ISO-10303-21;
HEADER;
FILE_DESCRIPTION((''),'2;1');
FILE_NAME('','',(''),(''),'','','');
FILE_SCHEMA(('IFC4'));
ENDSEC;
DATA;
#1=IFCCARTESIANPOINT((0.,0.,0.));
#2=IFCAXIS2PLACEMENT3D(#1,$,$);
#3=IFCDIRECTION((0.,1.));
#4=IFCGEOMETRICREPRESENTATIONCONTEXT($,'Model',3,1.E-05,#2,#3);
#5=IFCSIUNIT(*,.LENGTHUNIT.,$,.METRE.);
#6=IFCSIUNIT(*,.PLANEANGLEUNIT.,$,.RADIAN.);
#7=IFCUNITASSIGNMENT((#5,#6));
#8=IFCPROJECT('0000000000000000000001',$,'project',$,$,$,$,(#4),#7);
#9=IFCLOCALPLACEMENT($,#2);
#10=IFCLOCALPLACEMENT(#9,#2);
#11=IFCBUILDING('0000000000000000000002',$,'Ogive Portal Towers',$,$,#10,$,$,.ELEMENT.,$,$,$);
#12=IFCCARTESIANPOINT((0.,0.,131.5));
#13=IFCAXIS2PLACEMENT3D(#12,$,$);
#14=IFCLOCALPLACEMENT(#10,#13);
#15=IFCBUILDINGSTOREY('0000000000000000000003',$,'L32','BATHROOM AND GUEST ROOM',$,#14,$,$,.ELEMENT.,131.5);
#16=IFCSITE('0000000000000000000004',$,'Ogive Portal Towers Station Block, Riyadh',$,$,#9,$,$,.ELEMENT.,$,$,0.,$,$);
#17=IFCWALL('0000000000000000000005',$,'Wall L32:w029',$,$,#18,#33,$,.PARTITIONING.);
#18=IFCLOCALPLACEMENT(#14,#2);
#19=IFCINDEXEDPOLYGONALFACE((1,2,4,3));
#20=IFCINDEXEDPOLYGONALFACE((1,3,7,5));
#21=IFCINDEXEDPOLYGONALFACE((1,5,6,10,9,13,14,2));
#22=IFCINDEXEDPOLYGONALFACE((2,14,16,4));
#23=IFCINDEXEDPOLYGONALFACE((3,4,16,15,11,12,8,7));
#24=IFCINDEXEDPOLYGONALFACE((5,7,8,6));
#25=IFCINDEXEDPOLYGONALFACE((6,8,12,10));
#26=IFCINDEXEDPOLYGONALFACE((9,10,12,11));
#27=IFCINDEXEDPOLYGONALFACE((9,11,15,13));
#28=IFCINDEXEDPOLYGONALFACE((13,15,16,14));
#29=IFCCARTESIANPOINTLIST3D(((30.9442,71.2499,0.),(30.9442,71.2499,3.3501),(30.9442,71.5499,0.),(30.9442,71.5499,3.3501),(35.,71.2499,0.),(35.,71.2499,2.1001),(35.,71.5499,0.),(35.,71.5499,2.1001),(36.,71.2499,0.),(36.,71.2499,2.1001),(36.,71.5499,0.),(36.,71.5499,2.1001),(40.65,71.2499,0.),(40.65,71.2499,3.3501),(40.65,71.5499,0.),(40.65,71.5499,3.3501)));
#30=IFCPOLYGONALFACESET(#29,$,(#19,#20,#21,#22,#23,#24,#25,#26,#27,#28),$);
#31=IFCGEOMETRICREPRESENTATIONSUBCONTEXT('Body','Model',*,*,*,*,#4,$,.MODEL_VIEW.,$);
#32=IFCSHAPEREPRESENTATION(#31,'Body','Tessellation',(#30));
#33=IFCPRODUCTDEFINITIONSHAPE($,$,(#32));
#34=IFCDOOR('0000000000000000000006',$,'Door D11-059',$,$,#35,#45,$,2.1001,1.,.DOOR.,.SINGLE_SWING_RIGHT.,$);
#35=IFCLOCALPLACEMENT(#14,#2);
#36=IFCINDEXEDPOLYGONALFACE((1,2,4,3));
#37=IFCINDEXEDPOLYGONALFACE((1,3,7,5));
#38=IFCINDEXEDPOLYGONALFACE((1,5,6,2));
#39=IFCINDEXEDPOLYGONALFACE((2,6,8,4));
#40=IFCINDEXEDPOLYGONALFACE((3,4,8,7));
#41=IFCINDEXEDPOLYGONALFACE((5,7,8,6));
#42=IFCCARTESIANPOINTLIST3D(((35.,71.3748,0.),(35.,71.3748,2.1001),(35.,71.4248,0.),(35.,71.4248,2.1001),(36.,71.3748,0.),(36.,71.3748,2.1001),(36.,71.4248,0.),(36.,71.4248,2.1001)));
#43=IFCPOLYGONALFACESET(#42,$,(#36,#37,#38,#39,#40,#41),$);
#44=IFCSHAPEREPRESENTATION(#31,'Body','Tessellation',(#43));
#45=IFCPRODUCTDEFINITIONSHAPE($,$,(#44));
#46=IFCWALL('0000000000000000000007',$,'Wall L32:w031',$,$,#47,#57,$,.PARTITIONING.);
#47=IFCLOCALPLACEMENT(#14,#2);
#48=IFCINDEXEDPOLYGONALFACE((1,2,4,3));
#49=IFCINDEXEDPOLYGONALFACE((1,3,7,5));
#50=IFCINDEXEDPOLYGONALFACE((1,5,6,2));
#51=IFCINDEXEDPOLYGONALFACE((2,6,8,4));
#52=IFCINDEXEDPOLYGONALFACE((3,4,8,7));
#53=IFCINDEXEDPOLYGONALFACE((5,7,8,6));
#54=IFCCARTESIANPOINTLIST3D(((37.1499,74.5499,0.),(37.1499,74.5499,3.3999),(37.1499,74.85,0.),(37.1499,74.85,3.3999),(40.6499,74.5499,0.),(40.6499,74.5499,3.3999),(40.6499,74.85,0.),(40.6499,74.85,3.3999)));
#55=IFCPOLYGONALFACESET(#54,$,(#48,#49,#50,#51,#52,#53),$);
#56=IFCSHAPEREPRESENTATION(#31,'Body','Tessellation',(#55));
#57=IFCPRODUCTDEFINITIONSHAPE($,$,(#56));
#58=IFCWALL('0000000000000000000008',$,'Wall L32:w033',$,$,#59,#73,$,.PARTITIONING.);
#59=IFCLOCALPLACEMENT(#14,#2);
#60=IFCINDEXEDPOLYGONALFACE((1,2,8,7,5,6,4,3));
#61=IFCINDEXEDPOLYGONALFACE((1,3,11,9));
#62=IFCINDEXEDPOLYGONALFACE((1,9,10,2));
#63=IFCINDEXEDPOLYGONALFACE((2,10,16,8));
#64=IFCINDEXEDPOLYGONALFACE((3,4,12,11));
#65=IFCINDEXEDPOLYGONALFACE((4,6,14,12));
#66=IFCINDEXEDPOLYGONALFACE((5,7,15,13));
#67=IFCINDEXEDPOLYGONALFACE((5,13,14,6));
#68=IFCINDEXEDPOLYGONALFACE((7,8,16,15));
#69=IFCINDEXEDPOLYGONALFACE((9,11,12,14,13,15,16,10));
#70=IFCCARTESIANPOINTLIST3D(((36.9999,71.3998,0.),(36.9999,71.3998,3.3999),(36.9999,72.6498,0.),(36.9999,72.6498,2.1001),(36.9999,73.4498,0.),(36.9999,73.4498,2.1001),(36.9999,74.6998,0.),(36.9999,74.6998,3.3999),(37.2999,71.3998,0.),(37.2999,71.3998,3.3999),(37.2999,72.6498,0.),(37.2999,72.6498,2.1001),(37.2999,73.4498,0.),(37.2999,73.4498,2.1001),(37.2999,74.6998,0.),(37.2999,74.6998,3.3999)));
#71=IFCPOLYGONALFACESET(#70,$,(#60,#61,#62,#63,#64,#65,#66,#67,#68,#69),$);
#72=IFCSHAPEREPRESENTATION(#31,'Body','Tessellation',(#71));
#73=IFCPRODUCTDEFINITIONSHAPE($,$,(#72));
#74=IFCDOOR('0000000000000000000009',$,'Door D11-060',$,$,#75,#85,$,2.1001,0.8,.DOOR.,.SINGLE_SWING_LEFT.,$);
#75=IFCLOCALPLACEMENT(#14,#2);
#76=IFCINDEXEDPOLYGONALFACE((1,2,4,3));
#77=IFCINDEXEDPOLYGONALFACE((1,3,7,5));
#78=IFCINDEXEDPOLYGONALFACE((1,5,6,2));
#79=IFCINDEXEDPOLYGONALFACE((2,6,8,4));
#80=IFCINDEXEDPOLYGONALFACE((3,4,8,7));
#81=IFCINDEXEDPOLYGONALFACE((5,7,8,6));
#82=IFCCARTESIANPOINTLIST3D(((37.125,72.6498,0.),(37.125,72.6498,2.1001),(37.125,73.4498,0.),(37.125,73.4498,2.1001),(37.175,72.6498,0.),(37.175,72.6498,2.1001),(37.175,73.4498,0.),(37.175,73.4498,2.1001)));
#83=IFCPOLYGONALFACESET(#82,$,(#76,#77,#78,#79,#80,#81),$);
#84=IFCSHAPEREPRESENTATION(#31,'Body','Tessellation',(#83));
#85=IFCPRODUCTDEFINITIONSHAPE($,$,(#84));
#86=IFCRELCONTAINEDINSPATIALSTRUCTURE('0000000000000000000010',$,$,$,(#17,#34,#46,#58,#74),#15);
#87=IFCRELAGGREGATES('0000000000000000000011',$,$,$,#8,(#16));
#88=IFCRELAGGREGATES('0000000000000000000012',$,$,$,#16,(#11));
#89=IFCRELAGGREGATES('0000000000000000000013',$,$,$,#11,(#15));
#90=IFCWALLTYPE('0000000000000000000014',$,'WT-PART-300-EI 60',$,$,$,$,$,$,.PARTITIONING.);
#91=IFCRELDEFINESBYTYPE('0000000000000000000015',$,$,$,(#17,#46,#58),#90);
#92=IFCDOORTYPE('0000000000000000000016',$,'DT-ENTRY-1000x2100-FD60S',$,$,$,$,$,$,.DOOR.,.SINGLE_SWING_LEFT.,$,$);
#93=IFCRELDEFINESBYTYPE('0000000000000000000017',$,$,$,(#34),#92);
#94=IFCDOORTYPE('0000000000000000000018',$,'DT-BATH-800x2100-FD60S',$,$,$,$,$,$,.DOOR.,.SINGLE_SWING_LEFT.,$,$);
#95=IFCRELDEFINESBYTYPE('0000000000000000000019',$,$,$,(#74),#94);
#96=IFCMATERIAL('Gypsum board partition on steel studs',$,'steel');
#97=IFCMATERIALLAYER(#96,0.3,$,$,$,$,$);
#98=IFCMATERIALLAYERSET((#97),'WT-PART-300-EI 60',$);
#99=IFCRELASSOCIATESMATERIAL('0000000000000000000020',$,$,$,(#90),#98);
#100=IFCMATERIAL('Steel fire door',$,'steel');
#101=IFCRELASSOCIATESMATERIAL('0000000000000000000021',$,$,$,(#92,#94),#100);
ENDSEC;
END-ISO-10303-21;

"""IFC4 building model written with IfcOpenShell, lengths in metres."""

from ifc_helpers import new_model, si_unit, direction, frame, frame_2d, origin, place, context, subcontext, project, spatial, rectangle, extrude, material, layer, layer_set, type_object, element, fill, save


model = new_model("IFC4")

# Units and contexts
model_context = context("Model", 3, precision=1e-05, world=origin(), true_north=direction((0.0, 1.0)))
body_context = subcontext(model_context, "Body", "Model", "MODEL_VIEW")
ifc_project = project(units=[si_unit("LENGTHUNIT", "METRE"), si_unit("PLANEANGLEUNIT", "RADIAN")], contexts=[model_context])

# Site, building, storey
site_placement = place(None, origin())
site = spatial("IfcSite", under=ifc_project, at=site_placement, Name="Ogive Portal Towers Station Block, Riyadh", CompositionType="ELEMENT", RefElevation=0.0)
building_placement = place(site_placement, origin())
building = spatial("IfcBuilding", under=site, at=building_placement, Name="Ogive Portal Towers", CompositionType="ELEMENT")
storey_placement = place(building_placement, frame((0.0, 0.0, 131.5)))
storey = spatial("IfcBuildingStorey", under=building, at=storey_placement, Name="L32", Description="BATHROOM AND GUEST ROOM", CompositionType="ELEMENT", Elevation=131.5)

# Wall, opening, door
ifc_material_1 = material(Name="Gypsum board partition on steel studs", Category="steel")
ifc_layer_1 = layer(ifc_material_1, 0.3)
ifc_layer_set_1 = layer_set([ifc_layer_1], Name="WT-PART-300-EI 60")
wall_type_1 = type_object("IfcWallType", Name="WT-PART-300-EI 60", PredefinedType="PARTITIONING", material=ifc_layer_set_1)
wall_1_placement = place(storey_placement, frame((30.9441, 71.3999, 0.0), z_axis=(0.0, 0.0, 1.0), x_axis=(1.0, 0.0, 0.0)))
wall_1 = element("IfcWall", 1, at=wall_1_placement, inside=storey, type_object=wall_type_1, Name="Wall L32:w029", PredefinedType="PARTITIONING", context=body_context, shape_type="SweptSolid", body=[
    extrude(rectangle(XDim=9.7058, YDim=0.3, at=frame_2d((4.853, 0.0))), origin(), (0.0, 0.0, 1.0), 3.3501),
])
opening_1_placement = place(wall_1_placement, frame((4.0559, 0.0, 0.0)))
opening_1 = element("IfcOpeningElement", 2, at=opening_1_placement, cuts=wall_1, PredefinedType="OPENING", context=body_context, shape_type="SweptSolid", body=[
    extrude(rectangle(XDim=1.0, YDim=2.1001, at=frame_2d((0.5, 1.05))), frame((0.0, 0.1602, 0.0), z_axis=(0.0, -1.0, 0.0), x_axis=(1.0, 0.0, 0.0)), (0.0, 0.0, 1.0), 0.3201),
])
ifc_material_2 = material(Name="Steel fire door", Category="steel")
door_type_1 = type_object("IfcDoorType", Name="DT-ENTRY-1000x2100-FD60S", OperationType="SINGLE_SWING_LEFT", PredefinedType="DOOR", material=ifc_material_2)
door_1_placement = place(opening_1_placement, origin())
door_1 = element("IfcDoor", 3, at=door_1_placement, inside=storey, type_object=door_type_1, Name="Door D11-059", OperationType="SINGLE_SWING_RIGHT", OverallHeight=2.1001, OverallWidth=1.0, PredefinedType="DOOR", context=body_context, shape_type="SweptSolid", body=[
    extrude(rectangle(XDim=1.0, YDim=2.1001, at=frame_2d((0.5, 1.05))), frame((0.0, 0.0249, 0.0), z_axis=(0.0, -1.0, 0.0), x_axis=(1.0, 0.0, 0.0)), (0.0, 0.0, 1.0), 0.05),
])
fill(opening_1, door_1)

# Wall
wall_2_placement = place(storey_placement, frame((37.1499, 74.7, 0.0), z_axis=(0.0, 0.0, 1.0), x_axis=(1.0, 0.0, 0.0)))
element("IfcWall", 4, at=wall_2_placement, inside=storey, type_object=wall_type_1, Name="Wall L32:w031", PredefinedType="PARTITIONING", context=body_context, shape_type="SweptSolid", body=[
    extrude(rectangle(XDim=3.5, YDim=0.3, at=frame_2d((1.75, 0.0))), origin(), (0.0, 0.0, 1.0), 3.3999),
])

# Wall, opening, door
wall_3_placement = place(storey_placement, frame((37.1499, 71.3999, 0.0), z_axis=(0.0, 0.0, 1.0), x_axis=(0.0, 1.0, 0.0)))
wall_3 = element("IfcWall", 5, at=wall_3_placement, inside=storey, type_object=wall_type_1, Name="Wall L32:w033", PredefinedType="PARTITIONING", context=body_context, shape_type="SweptSolid", body=[
    extrude(rectangle(XDim=3.3, YDim=0.3, at=frame_2d((1.6499, 0.0))), origin(), (0.0, 0.0, 1.0), 3.3999),
])
opening_2_placement = place(wall_3_placement, frame((1.25, 0.0, 0.0)))
opening_2 = element("IfcOpeningElement", 6, at=opening_2_placement, cuts=wall_3, PredefinedType="OPENING", context=body_context, shape_type="SweptSolid", body=[
    extrude(rectangle(XDim=0.8, YDim=2.1001, at=frame_2d((0.3999, 1.05))), frame((0.0, 0.1602, 0.0), z_axis=(0.0, -1.0, 0.0), x_axis=(1.0, 0.0, 0.0)), (0.0, 0.0, 1.0), 0.3201),
])
door_type_2 = type_object("IfcDoorType", Name="DT-BATH-800x2100-FD60S", OperationType="SINGLE_SWING_LEFT", PredefinedType="DOOR", material=ifc_material_2)
door_2_placement = place(opening_2_placement, origin())
door_2 = element("IfcDoor", 7, at=door_2_placement, inside=storey, type_object=door_type_2, Name="Door D11-060", OperationType="SINGLE_SWING_LEFT", OverallHeight=2.1001, OverallWidth=0.8, PredefinedType="DOOR", context=body_context, shape_type="SweptSolid", body=[
    extrude(rectangle(XDim=0.8, YDim=2.1001, at=frame_2d((0.3999, 1.05))), frame((0.0, 0.0249, 0.0), z_axis=(0.0, -1.0, 0.0), x_axis=(1.0, 0.0, 0.0)), (0.0, 0.0, 1.0), 0.05),
])
fill(opening_2, door_2)

save(model, "model.ifc")
